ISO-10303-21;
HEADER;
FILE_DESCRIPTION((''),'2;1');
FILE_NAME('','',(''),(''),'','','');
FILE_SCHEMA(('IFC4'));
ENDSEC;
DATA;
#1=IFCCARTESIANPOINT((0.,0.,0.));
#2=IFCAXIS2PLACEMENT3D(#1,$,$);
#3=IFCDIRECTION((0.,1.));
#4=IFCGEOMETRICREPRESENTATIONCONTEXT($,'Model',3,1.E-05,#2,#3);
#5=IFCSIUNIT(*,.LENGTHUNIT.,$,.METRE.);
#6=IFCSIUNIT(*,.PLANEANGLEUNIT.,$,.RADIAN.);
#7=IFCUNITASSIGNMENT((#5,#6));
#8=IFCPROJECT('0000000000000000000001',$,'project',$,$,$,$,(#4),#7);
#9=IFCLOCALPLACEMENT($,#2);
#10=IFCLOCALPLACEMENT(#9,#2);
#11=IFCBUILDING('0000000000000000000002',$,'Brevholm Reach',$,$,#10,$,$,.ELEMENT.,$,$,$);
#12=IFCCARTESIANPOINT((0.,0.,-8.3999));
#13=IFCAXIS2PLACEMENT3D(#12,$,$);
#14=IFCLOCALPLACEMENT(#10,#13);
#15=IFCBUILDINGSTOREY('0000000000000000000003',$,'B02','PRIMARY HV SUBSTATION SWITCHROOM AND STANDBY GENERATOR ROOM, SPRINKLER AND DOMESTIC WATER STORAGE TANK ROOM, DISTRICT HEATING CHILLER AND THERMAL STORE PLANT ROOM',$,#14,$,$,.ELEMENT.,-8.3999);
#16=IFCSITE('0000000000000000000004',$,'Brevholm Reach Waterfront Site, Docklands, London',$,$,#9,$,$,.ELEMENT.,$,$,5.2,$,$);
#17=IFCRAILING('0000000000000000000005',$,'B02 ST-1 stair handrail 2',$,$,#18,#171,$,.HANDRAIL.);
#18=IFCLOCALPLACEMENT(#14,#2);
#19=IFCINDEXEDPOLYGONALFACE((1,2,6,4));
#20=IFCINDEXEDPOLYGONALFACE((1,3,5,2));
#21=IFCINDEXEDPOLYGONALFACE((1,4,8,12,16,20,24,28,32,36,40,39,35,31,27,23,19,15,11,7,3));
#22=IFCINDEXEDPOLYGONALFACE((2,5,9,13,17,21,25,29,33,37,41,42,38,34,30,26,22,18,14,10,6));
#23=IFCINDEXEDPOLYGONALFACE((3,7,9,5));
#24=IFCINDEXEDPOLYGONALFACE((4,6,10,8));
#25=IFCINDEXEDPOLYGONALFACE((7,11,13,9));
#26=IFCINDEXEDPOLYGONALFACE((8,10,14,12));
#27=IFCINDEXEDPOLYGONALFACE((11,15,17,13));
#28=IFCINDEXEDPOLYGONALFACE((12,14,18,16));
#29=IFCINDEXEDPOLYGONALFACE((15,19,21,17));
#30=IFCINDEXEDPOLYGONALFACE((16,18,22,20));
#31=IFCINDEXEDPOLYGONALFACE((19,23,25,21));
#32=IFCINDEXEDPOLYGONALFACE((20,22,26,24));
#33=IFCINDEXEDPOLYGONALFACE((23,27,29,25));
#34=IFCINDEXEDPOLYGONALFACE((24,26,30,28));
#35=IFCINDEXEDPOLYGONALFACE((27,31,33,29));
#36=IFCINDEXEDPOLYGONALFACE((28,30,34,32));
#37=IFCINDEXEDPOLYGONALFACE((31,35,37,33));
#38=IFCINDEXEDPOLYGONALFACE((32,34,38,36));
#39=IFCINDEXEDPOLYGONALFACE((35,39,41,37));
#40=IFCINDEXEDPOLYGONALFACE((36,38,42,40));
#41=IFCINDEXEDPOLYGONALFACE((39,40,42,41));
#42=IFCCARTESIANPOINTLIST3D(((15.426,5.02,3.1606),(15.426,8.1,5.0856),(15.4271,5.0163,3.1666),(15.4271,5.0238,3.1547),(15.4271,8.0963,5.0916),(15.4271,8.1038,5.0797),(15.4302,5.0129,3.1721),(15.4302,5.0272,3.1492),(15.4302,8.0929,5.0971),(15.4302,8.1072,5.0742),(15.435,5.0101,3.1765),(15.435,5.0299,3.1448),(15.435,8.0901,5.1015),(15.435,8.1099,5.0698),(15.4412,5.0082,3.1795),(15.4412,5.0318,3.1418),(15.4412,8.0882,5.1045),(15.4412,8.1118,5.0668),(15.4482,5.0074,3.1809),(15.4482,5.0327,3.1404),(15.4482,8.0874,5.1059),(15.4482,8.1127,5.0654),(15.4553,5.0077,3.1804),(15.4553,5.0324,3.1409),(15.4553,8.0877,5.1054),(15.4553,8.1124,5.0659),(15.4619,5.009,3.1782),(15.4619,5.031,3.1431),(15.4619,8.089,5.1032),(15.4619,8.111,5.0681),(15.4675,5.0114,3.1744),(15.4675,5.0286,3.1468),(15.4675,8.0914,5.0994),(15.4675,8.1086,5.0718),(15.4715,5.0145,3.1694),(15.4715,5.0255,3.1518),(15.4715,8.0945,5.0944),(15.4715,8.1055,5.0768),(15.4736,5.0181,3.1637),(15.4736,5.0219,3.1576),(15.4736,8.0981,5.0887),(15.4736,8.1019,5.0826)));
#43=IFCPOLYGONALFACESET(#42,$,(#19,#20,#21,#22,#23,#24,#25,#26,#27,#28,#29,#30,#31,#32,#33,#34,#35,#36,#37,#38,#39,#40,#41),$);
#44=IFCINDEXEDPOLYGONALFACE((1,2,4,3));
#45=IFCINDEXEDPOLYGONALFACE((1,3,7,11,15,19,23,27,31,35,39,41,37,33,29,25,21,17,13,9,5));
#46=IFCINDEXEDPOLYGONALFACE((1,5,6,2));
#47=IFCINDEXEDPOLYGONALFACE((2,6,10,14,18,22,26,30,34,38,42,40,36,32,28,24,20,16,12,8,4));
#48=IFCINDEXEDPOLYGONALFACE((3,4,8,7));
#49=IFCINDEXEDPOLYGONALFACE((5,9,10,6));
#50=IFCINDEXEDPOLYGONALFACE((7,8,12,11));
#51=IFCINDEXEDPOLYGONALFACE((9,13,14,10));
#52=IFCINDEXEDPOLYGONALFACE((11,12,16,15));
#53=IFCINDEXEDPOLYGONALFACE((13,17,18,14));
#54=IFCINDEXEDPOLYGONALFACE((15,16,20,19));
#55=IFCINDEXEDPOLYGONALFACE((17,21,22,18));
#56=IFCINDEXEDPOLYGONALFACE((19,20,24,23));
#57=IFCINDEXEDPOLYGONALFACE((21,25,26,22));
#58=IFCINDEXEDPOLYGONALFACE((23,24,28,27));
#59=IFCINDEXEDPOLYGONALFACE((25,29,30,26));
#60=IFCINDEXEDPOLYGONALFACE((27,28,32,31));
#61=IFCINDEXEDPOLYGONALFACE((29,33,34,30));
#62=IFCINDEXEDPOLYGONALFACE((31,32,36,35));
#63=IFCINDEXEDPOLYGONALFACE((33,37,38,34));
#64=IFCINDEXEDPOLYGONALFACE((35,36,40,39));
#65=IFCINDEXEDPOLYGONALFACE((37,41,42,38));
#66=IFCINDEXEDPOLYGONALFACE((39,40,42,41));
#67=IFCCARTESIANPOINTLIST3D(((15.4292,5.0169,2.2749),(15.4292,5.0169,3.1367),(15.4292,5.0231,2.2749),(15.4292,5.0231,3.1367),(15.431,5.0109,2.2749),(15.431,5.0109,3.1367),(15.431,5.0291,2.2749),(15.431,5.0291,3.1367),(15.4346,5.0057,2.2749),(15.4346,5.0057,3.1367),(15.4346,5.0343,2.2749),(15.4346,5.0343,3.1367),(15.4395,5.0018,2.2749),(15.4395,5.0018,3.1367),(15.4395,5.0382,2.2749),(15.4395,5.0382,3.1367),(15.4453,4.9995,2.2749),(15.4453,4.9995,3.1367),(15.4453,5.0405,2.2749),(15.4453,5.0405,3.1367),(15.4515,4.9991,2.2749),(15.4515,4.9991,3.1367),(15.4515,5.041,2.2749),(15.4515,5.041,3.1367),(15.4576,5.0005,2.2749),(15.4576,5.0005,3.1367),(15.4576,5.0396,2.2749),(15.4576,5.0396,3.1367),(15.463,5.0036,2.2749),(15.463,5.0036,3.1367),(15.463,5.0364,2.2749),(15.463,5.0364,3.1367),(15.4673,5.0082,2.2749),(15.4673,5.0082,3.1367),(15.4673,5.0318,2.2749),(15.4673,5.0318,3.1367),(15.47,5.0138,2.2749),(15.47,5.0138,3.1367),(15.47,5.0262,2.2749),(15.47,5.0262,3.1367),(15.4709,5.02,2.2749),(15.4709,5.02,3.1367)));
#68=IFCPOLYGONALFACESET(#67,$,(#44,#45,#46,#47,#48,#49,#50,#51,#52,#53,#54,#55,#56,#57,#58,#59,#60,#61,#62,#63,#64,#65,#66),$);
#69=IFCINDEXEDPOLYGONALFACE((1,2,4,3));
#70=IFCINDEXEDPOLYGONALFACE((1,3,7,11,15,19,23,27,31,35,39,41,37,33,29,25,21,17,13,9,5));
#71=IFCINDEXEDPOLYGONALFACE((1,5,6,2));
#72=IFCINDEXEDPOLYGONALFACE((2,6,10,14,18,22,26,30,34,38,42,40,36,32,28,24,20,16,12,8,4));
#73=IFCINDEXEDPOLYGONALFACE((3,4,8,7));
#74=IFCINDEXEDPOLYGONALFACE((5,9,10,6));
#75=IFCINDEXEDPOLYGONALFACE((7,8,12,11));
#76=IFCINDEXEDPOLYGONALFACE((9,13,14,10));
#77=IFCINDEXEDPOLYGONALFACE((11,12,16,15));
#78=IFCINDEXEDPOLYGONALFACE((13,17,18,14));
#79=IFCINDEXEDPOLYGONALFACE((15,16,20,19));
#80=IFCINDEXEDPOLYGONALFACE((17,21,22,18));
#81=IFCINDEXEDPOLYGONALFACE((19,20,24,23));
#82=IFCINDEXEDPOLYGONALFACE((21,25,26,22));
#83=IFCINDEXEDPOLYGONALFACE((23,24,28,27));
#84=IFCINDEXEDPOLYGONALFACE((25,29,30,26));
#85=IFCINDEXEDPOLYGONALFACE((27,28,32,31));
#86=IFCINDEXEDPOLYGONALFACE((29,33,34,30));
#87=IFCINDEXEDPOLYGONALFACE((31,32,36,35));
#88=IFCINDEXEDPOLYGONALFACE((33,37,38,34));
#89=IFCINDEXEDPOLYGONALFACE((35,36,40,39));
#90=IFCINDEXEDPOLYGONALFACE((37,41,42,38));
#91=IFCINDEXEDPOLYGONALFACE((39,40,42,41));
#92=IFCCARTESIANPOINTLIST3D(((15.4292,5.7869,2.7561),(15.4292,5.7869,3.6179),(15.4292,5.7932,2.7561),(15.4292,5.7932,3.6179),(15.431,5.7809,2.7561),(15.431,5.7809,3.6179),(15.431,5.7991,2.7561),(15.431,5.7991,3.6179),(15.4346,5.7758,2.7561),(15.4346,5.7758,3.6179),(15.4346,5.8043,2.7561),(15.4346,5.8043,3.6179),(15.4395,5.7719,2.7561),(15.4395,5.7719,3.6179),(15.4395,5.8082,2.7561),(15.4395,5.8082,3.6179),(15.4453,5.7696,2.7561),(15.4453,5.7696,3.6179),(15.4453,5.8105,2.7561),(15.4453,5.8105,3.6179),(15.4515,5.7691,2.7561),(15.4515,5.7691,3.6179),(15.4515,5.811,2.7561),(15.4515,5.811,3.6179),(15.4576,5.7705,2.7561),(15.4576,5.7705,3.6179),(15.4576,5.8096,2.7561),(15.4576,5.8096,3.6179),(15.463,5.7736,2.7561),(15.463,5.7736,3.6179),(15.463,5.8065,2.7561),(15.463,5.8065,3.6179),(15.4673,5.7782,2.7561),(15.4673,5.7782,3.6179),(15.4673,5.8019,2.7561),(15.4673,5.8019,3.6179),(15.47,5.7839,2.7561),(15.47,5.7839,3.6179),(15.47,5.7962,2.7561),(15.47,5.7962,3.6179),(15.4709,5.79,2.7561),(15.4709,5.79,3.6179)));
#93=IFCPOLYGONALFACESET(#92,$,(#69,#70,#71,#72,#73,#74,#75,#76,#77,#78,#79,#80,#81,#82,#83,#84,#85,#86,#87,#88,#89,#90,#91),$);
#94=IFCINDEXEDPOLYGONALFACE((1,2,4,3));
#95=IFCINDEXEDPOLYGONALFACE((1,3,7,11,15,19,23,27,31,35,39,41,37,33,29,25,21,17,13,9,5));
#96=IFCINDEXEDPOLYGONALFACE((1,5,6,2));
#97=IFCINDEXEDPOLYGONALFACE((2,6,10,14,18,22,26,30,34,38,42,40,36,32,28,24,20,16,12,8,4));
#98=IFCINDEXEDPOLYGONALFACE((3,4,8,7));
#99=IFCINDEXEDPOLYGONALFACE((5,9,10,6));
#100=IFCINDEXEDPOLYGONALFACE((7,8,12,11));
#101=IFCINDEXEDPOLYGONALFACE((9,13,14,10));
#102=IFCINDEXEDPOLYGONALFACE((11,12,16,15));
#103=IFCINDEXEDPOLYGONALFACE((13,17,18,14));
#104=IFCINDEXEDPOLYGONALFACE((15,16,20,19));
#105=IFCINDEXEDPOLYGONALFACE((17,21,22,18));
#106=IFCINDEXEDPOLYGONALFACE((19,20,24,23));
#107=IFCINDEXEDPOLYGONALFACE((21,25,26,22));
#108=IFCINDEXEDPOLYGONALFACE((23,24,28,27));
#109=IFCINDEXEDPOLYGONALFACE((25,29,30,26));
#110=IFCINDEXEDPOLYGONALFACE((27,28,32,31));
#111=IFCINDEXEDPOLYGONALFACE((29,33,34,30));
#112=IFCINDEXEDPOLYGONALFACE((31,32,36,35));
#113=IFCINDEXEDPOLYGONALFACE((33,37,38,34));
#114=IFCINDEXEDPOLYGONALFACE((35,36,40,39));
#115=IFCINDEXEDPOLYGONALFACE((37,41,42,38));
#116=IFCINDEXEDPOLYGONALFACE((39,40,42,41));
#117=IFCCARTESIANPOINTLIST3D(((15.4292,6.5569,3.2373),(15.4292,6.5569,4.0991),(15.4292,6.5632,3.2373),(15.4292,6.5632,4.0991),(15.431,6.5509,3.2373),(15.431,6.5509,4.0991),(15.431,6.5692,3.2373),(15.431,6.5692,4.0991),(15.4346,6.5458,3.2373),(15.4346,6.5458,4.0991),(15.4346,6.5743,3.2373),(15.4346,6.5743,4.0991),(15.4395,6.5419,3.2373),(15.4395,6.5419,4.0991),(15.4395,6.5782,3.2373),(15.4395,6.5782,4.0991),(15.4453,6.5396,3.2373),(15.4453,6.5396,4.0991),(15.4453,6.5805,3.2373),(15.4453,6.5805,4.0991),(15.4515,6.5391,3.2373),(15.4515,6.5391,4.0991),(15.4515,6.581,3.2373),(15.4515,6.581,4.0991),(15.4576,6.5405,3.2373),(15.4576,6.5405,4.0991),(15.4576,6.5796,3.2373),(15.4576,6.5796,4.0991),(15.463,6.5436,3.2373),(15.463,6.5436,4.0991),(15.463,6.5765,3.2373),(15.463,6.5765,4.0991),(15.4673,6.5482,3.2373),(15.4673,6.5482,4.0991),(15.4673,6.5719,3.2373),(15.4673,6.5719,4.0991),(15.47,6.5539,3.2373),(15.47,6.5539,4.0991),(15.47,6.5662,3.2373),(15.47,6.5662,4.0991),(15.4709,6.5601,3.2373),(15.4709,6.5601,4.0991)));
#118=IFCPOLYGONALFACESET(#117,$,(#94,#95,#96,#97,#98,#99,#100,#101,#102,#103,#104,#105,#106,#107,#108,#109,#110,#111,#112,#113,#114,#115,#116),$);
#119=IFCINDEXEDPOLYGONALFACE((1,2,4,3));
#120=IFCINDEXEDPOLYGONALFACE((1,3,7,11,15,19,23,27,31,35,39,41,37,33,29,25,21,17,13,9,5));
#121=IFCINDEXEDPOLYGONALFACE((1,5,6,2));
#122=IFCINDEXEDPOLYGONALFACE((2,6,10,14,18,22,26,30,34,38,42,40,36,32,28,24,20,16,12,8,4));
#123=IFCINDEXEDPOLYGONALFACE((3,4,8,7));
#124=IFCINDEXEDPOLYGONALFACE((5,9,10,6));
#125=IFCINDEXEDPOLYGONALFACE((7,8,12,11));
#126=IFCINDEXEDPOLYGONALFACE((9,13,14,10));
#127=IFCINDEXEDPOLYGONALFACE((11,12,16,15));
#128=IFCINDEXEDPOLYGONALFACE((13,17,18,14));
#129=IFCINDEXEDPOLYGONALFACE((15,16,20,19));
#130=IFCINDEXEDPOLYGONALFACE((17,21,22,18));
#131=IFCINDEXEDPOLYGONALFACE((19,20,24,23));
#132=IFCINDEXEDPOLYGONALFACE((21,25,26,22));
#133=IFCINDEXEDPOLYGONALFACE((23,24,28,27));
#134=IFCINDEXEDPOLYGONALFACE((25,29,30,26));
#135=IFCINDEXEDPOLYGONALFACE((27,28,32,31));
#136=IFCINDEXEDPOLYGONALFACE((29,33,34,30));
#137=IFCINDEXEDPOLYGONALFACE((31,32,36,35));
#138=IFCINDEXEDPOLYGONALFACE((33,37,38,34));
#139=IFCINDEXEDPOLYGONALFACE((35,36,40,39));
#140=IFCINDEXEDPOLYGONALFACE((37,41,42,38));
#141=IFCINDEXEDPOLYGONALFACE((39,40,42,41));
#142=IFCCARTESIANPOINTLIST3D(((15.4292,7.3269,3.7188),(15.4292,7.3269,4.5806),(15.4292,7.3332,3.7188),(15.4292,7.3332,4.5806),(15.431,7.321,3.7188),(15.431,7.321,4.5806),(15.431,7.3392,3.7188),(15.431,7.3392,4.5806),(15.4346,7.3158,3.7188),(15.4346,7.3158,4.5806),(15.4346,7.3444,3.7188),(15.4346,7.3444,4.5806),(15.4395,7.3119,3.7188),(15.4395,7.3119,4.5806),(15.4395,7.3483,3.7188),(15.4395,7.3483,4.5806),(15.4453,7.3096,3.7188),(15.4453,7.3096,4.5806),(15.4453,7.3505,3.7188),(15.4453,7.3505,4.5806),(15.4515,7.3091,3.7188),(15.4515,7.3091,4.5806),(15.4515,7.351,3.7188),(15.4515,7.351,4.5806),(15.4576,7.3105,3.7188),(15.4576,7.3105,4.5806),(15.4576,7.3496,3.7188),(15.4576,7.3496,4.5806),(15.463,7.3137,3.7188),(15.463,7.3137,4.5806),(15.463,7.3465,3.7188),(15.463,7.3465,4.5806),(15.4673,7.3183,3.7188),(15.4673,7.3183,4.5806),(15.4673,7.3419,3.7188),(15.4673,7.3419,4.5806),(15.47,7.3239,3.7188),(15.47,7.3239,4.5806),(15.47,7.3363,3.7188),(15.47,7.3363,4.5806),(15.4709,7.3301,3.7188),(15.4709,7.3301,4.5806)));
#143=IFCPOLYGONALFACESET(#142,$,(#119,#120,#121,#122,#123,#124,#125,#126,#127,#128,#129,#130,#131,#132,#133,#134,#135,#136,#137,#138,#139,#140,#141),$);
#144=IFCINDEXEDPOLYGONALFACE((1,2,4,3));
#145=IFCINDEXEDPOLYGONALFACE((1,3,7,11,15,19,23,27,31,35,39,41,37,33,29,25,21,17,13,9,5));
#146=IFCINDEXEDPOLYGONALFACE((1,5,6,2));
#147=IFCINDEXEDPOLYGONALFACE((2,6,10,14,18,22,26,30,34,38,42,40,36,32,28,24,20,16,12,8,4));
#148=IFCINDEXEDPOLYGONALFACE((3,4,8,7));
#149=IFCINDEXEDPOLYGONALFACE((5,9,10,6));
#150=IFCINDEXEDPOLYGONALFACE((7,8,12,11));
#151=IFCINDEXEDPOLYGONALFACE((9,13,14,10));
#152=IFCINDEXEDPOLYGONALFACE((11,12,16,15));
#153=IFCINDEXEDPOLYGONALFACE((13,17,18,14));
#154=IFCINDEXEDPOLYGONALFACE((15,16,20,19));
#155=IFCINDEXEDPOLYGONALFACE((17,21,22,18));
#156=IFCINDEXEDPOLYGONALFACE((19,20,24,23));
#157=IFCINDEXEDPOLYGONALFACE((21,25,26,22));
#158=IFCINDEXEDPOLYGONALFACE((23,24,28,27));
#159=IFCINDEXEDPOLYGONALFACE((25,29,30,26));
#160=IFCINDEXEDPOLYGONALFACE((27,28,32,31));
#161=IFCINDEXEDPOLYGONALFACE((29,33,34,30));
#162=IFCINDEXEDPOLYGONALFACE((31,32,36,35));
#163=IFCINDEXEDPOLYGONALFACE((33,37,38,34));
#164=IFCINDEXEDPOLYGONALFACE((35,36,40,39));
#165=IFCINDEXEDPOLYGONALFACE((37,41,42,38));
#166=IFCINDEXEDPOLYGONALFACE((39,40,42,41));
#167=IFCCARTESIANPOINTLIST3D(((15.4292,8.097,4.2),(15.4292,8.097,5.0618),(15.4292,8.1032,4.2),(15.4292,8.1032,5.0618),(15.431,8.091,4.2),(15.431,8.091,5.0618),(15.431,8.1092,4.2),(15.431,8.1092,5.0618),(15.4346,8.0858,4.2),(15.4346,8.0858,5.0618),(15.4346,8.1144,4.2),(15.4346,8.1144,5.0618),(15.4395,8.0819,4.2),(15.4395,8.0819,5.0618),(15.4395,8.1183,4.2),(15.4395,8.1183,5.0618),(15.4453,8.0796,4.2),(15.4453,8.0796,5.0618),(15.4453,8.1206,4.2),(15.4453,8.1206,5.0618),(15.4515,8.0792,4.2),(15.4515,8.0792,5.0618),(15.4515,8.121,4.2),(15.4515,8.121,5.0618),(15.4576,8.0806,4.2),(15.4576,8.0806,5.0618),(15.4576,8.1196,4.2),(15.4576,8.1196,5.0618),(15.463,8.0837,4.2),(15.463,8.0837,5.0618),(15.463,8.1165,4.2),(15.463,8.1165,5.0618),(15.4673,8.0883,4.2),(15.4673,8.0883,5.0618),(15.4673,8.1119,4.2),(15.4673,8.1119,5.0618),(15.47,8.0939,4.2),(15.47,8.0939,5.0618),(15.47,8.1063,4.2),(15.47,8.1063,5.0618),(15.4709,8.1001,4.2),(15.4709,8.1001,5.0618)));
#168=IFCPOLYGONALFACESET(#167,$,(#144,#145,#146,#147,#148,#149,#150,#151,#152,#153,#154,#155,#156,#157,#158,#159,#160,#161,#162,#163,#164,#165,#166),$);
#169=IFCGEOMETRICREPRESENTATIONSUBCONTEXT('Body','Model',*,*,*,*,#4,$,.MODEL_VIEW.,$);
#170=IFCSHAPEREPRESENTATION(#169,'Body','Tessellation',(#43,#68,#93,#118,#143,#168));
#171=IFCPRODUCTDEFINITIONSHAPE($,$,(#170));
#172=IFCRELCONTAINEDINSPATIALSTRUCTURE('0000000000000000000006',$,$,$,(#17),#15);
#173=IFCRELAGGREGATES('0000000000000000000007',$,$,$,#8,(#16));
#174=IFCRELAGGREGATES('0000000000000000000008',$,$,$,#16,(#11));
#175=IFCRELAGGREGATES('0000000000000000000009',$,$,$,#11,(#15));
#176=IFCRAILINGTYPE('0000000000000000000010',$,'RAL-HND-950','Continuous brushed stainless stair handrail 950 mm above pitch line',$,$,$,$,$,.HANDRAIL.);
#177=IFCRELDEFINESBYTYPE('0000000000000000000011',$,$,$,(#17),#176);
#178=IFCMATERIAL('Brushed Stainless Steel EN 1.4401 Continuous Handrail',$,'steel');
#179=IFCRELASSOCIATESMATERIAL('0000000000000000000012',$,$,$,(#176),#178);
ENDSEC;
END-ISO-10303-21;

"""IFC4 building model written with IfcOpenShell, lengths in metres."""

from ifc_helpers import new_model, si_unit, direction, frame, origin, origin_2d, place, context, subcontext, project, spatial, circle, extrude, material, type_object, element, save


model = new_model("IFC4")

# Units and contexts
model_context = context("Model", 3, precision=1e-05, world=origin(), true_north=direction((0.0, 1.0)))
body_context = subcontext(model_context, "Body", "Model", "MODEL_VIEW")
ifc_project = project(units=[si_unit("LENGTHUNIT", "METRE"), si_unit("PLANEANGLEUNIT", "RADIAN")], contexts=[model_context])

# Site, building, storey
site_placement = place(None, origin())
site = spatial("IfcSite", under=ifc_project, at=site_placement, Name="Brevholm Reach Waterfront Site, Docklands, London", CompositionType="ELEMENT", RefElevation=5.2)
building_placement = place(site_placement, origin())
building = spatial("IfcBuilding", under=site, at=building_placement, Name="Brevholm Reach", CompositionType="ELEMENT")
storey_placement = place(building_placement, frame((0.0, 0.0, -8.3999)))
storey = spatial("IfcBuildingStorey", under=building, at=storey_placement, Name="B02", Description="PRIMARY HV SUBSTATION SWITCHROOM AND STANDBY GENERATOR ROOM, SPRINKLER AND DOMESTIC WATER STORAGE TANK ROOM, DISTRICT HEATING CHILLER AND THERMAL STORE PLANT ROOM", CompositionType="ELEMENT", Elevation=-8.3999)

# Railing
ifc_material_1 = material(Name="Brushed Stainless Steel EN 1.4401 Continuous Handrail", Category="steel")
railing_type_1 = type_object("IfcRailingType", Name="RAL-HND-950", Description="Continuous brushed stainless stair handrail 950 mm above pitch line", PredefinedType="HANDRAIL", material=ifc_material_1)
railing_1_placement = place(storey_placement, frame((15.45, 5.02, 2.2749)))
element("IfcRailing", 1, at=railing_1_placement, inside=storey, type_object=railing_type_1, Name="B02 ST-1 stair handrail 2", PredefinedType="HANDRAIL", context=body_context, shape_type="SweptSolid", body=[
    extrude(circle(Radius=0.0239, at=origin_2d()), frame((0.0, 0.0, 0.8857), z_axis=(0.0, 0.847998, 0.529999), x_axis=(-1.0, 0.0, 0.0)), (0.0, 0.0, 1.0), 3.6321),
    extrude(circle(Radius=0.021, at=origin_2d()), origin(), (0.0, 0.0, 1.0), 0.8618),
    extrude(circle(Radius=0.021, at=origin_2d()), frame((0.0, 0.77, 0.4812)), (0.0, 0.0, 1.0), 0.8618),
    extrude(circle(Radius=0.021, at=origin_2d()), frame((0.0, 1.54, 0.9624)), (0.0, 0.0, 1.0), 0.8618),
    extrude(circle(Radius=0.021, at=origin_2d()), frame((0.0, 2.3101, 1.4438)), (0.0, 0.0, 1.0), 0.8618),
    extrude(circle(Radius=0.021, at=origin_2d()), frame((0.0, 3.0801, 1.925)), (0.0, 0.0, 1.0), 0.8618),
])

save(model, "model.ifc")
